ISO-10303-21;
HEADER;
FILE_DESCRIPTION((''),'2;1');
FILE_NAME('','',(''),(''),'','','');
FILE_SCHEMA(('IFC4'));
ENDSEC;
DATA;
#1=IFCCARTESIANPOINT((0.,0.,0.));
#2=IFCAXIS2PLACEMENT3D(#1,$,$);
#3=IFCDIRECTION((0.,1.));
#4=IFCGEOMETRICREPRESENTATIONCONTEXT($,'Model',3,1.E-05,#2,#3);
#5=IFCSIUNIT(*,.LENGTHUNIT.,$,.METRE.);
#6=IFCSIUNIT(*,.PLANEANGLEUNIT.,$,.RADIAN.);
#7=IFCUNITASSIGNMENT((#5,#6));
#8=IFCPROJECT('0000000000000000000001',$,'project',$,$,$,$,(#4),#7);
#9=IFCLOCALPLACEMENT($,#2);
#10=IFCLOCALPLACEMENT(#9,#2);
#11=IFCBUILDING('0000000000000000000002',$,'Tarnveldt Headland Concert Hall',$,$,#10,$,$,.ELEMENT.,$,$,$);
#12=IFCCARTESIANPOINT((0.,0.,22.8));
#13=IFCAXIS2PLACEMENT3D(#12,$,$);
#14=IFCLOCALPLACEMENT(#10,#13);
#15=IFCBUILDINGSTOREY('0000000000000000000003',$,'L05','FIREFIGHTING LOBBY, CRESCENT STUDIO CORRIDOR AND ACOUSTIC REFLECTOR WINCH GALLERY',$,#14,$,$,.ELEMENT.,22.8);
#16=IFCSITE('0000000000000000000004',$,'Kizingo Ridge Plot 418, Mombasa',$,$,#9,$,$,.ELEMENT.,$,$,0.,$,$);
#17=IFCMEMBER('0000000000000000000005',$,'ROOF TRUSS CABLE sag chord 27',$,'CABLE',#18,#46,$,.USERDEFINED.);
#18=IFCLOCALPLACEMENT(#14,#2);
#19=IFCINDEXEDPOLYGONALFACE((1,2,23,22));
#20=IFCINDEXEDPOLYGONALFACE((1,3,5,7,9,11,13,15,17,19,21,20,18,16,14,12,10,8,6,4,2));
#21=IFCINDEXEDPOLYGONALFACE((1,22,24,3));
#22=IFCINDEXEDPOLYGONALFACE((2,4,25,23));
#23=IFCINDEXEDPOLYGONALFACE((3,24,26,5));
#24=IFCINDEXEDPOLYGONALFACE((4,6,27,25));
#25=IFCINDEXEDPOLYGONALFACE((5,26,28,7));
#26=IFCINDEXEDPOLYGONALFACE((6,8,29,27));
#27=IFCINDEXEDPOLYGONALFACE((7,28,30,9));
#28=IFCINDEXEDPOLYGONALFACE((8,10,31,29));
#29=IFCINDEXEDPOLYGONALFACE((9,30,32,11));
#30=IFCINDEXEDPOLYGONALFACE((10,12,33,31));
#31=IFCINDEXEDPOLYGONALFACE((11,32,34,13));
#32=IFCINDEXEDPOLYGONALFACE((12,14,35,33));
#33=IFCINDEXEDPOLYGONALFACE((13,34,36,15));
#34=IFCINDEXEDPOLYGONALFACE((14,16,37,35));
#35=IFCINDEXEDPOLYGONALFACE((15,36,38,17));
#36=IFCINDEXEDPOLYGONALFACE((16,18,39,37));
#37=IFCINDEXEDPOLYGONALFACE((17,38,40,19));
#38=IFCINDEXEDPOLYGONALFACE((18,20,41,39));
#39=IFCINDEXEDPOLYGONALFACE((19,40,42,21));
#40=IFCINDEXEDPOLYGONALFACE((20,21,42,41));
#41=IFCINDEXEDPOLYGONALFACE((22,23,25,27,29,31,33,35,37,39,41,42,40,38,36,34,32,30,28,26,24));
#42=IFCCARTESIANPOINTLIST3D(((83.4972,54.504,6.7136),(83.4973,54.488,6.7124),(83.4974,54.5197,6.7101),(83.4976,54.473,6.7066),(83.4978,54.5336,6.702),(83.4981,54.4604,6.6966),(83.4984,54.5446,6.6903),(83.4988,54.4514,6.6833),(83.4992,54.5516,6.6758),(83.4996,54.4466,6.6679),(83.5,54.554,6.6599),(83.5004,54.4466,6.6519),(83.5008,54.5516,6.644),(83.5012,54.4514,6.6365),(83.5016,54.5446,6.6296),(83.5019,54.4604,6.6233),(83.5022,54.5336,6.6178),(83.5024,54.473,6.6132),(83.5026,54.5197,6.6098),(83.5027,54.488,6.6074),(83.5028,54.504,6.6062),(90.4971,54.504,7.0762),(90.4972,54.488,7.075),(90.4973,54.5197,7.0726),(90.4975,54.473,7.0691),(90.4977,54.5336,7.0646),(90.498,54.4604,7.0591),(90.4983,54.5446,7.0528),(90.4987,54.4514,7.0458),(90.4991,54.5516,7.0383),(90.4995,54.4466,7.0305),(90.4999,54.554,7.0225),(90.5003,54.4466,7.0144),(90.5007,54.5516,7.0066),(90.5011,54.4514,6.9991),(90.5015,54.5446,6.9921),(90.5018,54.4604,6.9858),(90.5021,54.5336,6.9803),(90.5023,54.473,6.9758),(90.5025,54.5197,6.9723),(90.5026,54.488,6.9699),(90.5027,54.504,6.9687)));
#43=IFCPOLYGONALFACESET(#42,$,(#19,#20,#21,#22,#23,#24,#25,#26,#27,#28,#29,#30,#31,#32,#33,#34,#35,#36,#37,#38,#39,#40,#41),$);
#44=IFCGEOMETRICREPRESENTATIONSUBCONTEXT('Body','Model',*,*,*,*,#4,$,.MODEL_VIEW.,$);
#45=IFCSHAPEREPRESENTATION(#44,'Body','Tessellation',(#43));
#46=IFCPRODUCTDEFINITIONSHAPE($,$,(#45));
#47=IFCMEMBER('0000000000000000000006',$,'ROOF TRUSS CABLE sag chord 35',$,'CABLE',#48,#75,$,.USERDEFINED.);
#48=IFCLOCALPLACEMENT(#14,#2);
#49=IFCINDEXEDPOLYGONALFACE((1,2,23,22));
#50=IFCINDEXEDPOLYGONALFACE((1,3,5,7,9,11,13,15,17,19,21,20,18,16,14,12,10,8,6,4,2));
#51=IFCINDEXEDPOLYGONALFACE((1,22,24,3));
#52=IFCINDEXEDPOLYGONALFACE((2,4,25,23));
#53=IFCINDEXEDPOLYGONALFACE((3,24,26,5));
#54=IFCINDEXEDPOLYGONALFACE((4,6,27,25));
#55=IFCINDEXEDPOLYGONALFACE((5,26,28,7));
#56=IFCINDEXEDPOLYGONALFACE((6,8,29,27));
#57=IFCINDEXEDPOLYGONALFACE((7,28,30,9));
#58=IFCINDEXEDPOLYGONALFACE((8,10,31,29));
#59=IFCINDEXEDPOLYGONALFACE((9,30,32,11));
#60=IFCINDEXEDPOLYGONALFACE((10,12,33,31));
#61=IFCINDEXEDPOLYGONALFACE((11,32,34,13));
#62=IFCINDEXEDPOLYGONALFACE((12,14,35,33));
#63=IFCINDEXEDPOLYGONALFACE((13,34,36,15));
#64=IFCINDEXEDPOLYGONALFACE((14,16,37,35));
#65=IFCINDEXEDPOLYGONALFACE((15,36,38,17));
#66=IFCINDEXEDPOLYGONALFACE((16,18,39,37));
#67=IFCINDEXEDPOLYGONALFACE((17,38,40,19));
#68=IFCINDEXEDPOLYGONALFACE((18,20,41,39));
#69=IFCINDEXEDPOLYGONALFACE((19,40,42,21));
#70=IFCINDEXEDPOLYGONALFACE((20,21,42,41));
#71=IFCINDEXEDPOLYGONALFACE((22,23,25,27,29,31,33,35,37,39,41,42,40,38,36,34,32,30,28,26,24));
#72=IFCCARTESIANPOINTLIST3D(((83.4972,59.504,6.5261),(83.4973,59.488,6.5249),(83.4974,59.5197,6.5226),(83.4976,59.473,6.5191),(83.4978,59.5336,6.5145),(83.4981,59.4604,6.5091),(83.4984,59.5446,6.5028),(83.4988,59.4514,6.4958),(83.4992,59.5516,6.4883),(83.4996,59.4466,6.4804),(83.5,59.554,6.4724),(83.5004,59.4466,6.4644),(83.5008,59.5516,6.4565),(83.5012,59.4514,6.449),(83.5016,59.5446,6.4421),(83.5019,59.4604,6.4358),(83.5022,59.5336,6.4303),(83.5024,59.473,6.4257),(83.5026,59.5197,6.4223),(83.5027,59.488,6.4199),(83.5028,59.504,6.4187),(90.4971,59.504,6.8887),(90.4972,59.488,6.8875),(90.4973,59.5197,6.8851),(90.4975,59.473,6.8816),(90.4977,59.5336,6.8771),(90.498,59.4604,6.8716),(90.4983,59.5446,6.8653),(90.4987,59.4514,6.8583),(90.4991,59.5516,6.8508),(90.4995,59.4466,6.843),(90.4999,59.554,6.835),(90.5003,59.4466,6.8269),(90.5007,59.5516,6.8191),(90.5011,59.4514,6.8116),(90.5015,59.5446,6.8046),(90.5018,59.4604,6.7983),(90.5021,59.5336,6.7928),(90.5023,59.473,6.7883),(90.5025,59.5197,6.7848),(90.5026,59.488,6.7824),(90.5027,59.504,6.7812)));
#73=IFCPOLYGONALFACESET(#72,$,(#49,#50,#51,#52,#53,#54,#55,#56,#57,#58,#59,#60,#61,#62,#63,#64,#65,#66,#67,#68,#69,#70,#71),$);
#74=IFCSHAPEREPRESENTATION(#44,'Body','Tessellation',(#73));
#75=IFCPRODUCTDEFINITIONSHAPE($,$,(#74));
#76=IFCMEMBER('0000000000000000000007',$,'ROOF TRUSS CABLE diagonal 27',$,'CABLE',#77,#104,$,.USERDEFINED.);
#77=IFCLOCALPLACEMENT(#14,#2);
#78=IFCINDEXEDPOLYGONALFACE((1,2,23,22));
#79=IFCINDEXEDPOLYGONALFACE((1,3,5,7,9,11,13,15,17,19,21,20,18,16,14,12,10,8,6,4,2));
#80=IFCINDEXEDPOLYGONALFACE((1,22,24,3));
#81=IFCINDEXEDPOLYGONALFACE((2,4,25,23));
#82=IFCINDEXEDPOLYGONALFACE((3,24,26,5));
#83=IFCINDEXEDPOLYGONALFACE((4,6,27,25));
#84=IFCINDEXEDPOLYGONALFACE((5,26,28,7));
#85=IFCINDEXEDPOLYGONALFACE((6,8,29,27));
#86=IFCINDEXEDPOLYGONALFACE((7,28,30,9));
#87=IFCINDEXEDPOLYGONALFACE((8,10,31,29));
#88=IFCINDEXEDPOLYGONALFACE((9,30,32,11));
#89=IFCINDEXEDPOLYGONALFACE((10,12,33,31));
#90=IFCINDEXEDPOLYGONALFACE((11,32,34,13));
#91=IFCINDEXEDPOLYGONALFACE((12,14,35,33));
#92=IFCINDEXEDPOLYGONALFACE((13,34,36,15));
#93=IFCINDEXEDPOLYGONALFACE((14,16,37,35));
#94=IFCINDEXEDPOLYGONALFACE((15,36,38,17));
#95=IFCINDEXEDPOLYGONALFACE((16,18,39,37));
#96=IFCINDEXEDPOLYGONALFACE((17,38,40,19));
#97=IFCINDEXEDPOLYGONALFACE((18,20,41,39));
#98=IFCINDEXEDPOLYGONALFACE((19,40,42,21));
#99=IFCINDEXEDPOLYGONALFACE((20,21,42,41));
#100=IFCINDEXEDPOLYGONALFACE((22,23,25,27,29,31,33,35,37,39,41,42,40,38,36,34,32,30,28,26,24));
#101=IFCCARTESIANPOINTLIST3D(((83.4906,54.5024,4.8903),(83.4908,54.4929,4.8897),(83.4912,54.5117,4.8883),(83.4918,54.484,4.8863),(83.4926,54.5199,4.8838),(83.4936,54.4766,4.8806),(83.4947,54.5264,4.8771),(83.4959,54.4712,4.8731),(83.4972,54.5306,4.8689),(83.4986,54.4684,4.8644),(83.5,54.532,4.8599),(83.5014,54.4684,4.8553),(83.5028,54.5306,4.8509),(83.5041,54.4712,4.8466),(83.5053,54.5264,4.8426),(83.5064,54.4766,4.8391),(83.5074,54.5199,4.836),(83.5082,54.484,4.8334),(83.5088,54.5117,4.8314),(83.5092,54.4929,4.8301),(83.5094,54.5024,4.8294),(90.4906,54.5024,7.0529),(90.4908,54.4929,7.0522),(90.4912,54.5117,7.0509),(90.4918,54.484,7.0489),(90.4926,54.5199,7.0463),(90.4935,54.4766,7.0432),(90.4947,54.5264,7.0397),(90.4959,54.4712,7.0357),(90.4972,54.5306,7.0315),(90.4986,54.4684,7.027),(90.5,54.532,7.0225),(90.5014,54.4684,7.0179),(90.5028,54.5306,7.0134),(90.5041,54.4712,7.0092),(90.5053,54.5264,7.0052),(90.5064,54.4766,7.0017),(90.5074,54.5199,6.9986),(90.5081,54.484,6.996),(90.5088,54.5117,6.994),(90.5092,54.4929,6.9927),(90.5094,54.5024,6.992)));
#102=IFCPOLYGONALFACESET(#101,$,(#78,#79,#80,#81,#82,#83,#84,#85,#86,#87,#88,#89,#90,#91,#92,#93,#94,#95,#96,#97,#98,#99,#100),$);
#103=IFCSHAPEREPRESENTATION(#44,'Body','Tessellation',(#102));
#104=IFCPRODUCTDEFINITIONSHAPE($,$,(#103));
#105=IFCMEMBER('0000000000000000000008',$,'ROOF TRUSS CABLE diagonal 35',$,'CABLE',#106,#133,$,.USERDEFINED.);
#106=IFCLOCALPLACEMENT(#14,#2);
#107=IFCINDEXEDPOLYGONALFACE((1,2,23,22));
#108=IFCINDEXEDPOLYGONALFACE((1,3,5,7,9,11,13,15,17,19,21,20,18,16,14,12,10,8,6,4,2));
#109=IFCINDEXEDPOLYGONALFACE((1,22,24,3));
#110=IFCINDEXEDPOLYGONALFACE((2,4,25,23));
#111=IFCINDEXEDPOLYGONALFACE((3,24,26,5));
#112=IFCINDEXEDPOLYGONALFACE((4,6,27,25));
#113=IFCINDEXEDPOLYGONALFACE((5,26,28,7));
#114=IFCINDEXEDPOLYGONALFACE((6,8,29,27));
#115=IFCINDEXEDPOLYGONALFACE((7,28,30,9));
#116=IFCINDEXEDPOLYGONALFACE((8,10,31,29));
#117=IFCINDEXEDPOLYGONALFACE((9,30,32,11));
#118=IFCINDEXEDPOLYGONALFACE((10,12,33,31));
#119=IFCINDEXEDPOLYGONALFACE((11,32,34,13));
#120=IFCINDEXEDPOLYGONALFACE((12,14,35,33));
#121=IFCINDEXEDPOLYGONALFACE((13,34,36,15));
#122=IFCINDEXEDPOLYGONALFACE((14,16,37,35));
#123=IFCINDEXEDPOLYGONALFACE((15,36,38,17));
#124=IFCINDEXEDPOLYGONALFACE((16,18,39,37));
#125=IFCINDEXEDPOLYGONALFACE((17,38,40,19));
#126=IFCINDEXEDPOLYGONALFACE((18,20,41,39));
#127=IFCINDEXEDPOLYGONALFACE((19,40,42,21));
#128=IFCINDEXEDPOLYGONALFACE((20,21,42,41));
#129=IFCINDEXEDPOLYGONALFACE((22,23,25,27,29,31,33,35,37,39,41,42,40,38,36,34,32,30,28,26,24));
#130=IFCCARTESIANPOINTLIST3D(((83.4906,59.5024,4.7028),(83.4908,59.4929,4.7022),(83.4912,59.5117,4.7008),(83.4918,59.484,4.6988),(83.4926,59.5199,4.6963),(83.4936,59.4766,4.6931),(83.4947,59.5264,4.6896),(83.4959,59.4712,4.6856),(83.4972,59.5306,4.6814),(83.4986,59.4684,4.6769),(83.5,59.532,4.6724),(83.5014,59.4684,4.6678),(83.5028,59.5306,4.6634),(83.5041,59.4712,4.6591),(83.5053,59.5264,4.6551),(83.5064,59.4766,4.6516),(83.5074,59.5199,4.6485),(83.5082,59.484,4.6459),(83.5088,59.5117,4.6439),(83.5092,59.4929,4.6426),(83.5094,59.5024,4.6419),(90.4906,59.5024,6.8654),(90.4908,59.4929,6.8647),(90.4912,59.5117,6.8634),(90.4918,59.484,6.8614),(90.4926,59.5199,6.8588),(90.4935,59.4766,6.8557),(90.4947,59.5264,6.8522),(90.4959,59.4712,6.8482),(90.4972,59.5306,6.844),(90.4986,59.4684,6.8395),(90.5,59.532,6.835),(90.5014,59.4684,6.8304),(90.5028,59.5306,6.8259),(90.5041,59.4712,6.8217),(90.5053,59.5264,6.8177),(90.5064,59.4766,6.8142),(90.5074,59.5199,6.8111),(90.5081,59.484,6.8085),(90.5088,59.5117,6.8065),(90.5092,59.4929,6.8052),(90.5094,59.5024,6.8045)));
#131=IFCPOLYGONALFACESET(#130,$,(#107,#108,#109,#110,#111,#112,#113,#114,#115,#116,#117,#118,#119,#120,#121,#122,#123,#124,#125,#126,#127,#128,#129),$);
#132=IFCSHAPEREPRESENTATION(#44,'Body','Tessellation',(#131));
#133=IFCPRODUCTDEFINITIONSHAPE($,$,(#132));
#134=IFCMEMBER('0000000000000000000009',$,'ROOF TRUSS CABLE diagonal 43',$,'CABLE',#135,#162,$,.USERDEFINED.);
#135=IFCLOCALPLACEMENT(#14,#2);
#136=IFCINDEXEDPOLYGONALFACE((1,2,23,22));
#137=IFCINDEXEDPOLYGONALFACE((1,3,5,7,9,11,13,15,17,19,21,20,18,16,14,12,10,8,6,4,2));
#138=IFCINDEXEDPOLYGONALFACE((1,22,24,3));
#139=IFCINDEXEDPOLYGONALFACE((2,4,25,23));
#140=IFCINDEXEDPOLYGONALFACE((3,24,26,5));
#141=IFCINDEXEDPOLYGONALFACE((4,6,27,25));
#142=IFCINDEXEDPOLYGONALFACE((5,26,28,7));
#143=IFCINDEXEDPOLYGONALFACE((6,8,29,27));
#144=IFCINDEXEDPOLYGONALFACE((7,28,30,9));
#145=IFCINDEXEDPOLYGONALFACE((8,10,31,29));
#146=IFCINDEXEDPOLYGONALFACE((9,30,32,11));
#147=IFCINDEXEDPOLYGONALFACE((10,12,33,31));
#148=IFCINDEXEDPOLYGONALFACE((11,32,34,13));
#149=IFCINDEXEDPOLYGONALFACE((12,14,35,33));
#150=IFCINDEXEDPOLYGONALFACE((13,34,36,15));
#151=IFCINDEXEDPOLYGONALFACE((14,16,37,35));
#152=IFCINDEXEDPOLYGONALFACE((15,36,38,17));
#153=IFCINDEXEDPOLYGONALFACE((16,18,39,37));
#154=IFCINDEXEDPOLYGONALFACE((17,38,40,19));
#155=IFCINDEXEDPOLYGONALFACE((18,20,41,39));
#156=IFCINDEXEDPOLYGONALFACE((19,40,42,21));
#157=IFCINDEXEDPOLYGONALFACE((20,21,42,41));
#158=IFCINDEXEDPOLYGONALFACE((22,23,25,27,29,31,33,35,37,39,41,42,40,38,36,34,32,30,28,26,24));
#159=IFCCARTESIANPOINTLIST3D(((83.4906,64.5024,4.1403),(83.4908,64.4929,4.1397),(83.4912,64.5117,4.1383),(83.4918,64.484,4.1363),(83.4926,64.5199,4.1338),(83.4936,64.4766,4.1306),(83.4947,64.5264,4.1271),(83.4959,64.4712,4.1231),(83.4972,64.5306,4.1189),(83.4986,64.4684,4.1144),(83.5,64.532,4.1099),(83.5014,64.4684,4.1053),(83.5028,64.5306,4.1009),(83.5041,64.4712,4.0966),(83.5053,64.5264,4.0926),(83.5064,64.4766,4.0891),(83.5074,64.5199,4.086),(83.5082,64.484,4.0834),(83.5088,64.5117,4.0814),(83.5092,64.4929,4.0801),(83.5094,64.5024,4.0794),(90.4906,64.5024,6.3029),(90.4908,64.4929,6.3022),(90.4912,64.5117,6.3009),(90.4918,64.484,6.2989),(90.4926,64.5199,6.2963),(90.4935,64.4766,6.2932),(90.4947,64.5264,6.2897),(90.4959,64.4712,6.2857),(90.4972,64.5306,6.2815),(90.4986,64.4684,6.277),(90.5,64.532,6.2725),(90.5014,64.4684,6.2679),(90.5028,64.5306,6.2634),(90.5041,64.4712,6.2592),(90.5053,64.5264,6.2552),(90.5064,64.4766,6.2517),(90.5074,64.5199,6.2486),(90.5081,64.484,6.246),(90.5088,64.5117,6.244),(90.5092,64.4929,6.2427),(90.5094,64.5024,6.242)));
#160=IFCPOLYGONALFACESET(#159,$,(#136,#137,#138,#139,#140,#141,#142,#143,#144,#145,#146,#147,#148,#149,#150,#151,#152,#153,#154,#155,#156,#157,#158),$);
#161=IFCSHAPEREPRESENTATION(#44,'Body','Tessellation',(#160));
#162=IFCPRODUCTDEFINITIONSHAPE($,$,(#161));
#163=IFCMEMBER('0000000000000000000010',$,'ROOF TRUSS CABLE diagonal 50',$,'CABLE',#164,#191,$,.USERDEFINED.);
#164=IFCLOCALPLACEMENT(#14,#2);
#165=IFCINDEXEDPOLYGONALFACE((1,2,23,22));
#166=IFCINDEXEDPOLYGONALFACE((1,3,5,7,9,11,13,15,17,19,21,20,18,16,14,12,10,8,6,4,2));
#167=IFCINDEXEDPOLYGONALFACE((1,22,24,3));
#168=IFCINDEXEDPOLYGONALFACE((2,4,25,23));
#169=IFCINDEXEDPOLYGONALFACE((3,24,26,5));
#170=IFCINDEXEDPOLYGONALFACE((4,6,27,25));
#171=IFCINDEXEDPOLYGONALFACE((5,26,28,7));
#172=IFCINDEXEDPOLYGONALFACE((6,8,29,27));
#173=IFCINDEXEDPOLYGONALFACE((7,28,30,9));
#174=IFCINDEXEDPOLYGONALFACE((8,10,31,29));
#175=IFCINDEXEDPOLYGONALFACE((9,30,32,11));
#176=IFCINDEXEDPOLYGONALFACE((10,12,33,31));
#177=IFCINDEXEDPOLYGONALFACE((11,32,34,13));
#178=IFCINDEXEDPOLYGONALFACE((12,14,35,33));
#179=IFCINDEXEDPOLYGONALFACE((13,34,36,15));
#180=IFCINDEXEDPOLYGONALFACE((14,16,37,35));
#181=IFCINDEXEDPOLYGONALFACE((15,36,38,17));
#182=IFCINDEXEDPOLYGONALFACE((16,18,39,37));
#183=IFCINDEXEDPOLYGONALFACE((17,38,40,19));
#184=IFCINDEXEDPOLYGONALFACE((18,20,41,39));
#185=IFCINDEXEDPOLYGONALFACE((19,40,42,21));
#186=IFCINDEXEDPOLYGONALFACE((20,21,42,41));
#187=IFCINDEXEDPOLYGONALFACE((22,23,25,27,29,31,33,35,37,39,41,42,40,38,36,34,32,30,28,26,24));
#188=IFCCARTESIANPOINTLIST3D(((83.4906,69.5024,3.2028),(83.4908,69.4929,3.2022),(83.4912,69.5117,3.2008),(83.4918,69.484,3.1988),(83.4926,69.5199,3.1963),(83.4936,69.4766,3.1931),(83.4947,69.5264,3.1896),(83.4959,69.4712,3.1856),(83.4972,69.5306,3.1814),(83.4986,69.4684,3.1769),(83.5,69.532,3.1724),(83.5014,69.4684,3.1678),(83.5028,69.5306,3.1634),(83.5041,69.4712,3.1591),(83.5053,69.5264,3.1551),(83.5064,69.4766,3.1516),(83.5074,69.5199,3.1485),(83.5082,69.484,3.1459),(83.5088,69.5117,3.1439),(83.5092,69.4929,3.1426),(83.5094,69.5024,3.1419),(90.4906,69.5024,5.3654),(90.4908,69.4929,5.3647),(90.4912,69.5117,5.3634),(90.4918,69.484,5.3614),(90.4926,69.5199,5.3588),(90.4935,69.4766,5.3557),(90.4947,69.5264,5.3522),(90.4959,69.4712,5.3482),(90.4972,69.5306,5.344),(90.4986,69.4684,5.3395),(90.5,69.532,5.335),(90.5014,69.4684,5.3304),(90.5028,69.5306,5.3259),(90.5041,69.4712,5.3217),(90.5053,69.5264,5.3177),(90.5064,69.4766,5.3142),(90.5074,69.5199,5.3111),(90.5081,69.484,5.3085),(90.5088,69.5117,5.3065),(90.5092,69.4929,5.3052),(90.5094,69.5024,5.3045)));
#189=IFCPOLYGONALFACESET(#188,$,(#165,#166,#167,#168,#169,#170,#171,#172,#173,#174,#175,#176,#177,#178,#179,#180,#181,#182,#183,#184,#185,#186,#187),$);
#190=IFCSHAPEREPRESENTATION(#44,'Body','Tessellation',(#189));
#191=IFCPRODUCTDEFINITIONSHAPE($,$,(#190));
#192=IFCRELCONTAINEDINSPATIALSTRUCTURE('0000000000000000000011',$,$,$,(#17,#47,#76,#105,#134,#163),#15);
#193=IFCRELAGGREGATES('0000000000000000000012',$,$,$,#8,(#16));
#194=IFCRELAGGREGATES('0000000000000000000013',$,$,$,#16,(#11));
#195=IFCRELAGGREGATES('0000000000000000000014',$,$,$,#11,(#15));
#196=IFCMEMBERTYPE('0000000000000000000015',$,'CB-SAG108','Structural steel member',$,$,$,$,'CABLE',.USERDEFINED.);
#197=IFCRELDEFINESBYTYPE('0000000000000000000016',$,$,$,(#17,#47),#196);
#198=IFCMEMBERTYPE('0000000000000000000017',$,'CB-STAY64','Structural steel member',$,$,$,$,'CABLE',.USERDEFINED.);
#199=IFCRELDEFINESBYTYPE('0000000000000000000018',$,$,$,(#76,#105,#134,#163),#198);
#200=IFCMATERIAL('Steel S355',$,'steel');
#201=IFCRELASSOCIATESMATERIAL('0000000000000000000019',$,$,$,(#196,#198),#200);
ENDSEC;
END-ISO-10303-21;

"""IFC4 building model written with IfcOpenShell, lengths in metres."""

from ifc_helpers import new_model, si_unit, direction, frame, origin, origin_2d, place, context, subcontext, project, spatial, circle, extrude, material, material_profile, profile_set, type_object, element, save


model = new_model("IFC4")

# Units and contexts
model_context = context("Model", 3, precision=1e-05, world=origin(), true_north=direction((0.0, 1.0)))
body_context = subcontext(model_context, "Body", "Model", "MODEL_VIEW")
ifc_project = project(units=[si_unit("LENGTHUNIT", "METRE"), si_unit("PLANEANGLEUNIT", "RADIAN")], contexts=[model_context])

# Site, building, storey
site_placement = place(None, origin())
site = spatial("IfcSite", under=ifc_project, at=site_placement, Name="Kizingo Ridge Plot 418, Mombasa", CompositionType="ELEMENT", RefElevation=0.0)
building_placement = place(site_placement, origin())
building = spatial("IfcBuilding", under=site, at=building_placement, Name="Tarnveldt Headland Concert Hall", CompositionType="ELEMENT")
storey_placement = place(building_placement, frame((0.0, 0.0, 22.8)))
storey = spatial("IfcBuildingStorey", under=building, at=storey_placement, Name="L05", Description="FIREFIGHTING LOBBY, CRESCENT STUDIO CORRIDOR AND ACOUSTIC REFLECTOR WINCH GALLERY", CompositionType="ELEMENT", Elevation=22.8)

# Members
ifc_material_1 = material(Name="Steel S355", Category="steel")
ifc_material_profile_1 = material_profile(ifc_material_1, circle(Radius=0.054, at=origin_2d()), Name="LC D108", Category="steel")
ifc_profile_set_1 = profile_set([ifc_material_profile_1], Name="Steel S355")
member_type_1 = type_object("IfcMemberType", Name="CB-SAG108", Description="Structural steel member", ElementType="CABLE", PredefinedType="USERDEFINED", material=ifc_profile_set_1)
for number, where, z_axis, x_axis, name in (
    (1, (83.5, 54.5, 6.6599), (0.998661, 0.0, 0.051723), (0.0, 1.0, 0.0), "ROOF TRUSS CABLE sag chord 27"),
    (2, (83.5, 59.5, 6.4724), (0.998661, 0.0, 0.051723), (0.0, 1.0, 0.0), "ROOF TRUSS CABLE sag chord 35"),
):
    element("IfcMember", number, at=place(storey_placement, frame(where, z_axis=z_axis, x_axis=x_axis)), inside=storey, type_object=member_type_1, Name=name, ObjectType="CABLE", PredefinedType="USERDEFINED", context=body_context, shape_type="SweptSolid", body=[
        extrude(circle(Radius=0.054, at=origin_2d()), origin(), (0.0, 0.0, 1.0), 7.0093),
    ])
ifc_material_profile_2 = material_profile(ifc_material_1, circle(Radius=0.032, at=origin_2d()), Name="LC D64", Category="steel")
ifc_profile_set_2 = profile_set([ifc_material_profile_2], Name="Steel S355")
member_type_2 = type_object("IfcMemberType", Name="CB-STAY64", Description="Structural steel member", ElementType="CABLE", PredefinedType="USERDEFINED", material=ifc_profile_set_2)
for number, where, z_axis, x_axis, name in (
    (3, (83.5, 54.5, 4.8599), (0.955443, 0.0, 0.295177), (0.0, 1.0, 0.0), "ROOF TRUSS CABLE diagonal 27"),
    (4, (83.5, 59.5, 4.6724), (0.955443, 0.0, 0.295177), (0.0, 1.0, 0.0), "ROOF TRUSS CABLE diagonal 35"),
    (5, (83.5, 64.5, 4.1099), (0.955443, 0.0, 0.295177), (0.0, 1.0, 0.0), "ROOF TRUSS CABLE diagonal 43"),
    (6, (83.5, 69.5, 3.1724), (0.955443, 0.0, 0.295177), (0.0, 1.0, 0.0), "ROOF TRUSS CABLE diagonal 50"),
):
    element("IfcMember", number, at=place(storey_placement, frame(where, z_axis=z_axis, x_axis=x_axis)), inside=storey, type_object=member_type_2, Name=name, ObjectType="CABLE", PredefinedType="USERDEFINED", context=body_context, shape_type="SweptSolid", body=[
        extrude(circle(Radius=0.032, at=origin_2d()), origin(), (0.0, 0.0, 1.0), 7.3264),
    ])

save(model, "model.ifc")
